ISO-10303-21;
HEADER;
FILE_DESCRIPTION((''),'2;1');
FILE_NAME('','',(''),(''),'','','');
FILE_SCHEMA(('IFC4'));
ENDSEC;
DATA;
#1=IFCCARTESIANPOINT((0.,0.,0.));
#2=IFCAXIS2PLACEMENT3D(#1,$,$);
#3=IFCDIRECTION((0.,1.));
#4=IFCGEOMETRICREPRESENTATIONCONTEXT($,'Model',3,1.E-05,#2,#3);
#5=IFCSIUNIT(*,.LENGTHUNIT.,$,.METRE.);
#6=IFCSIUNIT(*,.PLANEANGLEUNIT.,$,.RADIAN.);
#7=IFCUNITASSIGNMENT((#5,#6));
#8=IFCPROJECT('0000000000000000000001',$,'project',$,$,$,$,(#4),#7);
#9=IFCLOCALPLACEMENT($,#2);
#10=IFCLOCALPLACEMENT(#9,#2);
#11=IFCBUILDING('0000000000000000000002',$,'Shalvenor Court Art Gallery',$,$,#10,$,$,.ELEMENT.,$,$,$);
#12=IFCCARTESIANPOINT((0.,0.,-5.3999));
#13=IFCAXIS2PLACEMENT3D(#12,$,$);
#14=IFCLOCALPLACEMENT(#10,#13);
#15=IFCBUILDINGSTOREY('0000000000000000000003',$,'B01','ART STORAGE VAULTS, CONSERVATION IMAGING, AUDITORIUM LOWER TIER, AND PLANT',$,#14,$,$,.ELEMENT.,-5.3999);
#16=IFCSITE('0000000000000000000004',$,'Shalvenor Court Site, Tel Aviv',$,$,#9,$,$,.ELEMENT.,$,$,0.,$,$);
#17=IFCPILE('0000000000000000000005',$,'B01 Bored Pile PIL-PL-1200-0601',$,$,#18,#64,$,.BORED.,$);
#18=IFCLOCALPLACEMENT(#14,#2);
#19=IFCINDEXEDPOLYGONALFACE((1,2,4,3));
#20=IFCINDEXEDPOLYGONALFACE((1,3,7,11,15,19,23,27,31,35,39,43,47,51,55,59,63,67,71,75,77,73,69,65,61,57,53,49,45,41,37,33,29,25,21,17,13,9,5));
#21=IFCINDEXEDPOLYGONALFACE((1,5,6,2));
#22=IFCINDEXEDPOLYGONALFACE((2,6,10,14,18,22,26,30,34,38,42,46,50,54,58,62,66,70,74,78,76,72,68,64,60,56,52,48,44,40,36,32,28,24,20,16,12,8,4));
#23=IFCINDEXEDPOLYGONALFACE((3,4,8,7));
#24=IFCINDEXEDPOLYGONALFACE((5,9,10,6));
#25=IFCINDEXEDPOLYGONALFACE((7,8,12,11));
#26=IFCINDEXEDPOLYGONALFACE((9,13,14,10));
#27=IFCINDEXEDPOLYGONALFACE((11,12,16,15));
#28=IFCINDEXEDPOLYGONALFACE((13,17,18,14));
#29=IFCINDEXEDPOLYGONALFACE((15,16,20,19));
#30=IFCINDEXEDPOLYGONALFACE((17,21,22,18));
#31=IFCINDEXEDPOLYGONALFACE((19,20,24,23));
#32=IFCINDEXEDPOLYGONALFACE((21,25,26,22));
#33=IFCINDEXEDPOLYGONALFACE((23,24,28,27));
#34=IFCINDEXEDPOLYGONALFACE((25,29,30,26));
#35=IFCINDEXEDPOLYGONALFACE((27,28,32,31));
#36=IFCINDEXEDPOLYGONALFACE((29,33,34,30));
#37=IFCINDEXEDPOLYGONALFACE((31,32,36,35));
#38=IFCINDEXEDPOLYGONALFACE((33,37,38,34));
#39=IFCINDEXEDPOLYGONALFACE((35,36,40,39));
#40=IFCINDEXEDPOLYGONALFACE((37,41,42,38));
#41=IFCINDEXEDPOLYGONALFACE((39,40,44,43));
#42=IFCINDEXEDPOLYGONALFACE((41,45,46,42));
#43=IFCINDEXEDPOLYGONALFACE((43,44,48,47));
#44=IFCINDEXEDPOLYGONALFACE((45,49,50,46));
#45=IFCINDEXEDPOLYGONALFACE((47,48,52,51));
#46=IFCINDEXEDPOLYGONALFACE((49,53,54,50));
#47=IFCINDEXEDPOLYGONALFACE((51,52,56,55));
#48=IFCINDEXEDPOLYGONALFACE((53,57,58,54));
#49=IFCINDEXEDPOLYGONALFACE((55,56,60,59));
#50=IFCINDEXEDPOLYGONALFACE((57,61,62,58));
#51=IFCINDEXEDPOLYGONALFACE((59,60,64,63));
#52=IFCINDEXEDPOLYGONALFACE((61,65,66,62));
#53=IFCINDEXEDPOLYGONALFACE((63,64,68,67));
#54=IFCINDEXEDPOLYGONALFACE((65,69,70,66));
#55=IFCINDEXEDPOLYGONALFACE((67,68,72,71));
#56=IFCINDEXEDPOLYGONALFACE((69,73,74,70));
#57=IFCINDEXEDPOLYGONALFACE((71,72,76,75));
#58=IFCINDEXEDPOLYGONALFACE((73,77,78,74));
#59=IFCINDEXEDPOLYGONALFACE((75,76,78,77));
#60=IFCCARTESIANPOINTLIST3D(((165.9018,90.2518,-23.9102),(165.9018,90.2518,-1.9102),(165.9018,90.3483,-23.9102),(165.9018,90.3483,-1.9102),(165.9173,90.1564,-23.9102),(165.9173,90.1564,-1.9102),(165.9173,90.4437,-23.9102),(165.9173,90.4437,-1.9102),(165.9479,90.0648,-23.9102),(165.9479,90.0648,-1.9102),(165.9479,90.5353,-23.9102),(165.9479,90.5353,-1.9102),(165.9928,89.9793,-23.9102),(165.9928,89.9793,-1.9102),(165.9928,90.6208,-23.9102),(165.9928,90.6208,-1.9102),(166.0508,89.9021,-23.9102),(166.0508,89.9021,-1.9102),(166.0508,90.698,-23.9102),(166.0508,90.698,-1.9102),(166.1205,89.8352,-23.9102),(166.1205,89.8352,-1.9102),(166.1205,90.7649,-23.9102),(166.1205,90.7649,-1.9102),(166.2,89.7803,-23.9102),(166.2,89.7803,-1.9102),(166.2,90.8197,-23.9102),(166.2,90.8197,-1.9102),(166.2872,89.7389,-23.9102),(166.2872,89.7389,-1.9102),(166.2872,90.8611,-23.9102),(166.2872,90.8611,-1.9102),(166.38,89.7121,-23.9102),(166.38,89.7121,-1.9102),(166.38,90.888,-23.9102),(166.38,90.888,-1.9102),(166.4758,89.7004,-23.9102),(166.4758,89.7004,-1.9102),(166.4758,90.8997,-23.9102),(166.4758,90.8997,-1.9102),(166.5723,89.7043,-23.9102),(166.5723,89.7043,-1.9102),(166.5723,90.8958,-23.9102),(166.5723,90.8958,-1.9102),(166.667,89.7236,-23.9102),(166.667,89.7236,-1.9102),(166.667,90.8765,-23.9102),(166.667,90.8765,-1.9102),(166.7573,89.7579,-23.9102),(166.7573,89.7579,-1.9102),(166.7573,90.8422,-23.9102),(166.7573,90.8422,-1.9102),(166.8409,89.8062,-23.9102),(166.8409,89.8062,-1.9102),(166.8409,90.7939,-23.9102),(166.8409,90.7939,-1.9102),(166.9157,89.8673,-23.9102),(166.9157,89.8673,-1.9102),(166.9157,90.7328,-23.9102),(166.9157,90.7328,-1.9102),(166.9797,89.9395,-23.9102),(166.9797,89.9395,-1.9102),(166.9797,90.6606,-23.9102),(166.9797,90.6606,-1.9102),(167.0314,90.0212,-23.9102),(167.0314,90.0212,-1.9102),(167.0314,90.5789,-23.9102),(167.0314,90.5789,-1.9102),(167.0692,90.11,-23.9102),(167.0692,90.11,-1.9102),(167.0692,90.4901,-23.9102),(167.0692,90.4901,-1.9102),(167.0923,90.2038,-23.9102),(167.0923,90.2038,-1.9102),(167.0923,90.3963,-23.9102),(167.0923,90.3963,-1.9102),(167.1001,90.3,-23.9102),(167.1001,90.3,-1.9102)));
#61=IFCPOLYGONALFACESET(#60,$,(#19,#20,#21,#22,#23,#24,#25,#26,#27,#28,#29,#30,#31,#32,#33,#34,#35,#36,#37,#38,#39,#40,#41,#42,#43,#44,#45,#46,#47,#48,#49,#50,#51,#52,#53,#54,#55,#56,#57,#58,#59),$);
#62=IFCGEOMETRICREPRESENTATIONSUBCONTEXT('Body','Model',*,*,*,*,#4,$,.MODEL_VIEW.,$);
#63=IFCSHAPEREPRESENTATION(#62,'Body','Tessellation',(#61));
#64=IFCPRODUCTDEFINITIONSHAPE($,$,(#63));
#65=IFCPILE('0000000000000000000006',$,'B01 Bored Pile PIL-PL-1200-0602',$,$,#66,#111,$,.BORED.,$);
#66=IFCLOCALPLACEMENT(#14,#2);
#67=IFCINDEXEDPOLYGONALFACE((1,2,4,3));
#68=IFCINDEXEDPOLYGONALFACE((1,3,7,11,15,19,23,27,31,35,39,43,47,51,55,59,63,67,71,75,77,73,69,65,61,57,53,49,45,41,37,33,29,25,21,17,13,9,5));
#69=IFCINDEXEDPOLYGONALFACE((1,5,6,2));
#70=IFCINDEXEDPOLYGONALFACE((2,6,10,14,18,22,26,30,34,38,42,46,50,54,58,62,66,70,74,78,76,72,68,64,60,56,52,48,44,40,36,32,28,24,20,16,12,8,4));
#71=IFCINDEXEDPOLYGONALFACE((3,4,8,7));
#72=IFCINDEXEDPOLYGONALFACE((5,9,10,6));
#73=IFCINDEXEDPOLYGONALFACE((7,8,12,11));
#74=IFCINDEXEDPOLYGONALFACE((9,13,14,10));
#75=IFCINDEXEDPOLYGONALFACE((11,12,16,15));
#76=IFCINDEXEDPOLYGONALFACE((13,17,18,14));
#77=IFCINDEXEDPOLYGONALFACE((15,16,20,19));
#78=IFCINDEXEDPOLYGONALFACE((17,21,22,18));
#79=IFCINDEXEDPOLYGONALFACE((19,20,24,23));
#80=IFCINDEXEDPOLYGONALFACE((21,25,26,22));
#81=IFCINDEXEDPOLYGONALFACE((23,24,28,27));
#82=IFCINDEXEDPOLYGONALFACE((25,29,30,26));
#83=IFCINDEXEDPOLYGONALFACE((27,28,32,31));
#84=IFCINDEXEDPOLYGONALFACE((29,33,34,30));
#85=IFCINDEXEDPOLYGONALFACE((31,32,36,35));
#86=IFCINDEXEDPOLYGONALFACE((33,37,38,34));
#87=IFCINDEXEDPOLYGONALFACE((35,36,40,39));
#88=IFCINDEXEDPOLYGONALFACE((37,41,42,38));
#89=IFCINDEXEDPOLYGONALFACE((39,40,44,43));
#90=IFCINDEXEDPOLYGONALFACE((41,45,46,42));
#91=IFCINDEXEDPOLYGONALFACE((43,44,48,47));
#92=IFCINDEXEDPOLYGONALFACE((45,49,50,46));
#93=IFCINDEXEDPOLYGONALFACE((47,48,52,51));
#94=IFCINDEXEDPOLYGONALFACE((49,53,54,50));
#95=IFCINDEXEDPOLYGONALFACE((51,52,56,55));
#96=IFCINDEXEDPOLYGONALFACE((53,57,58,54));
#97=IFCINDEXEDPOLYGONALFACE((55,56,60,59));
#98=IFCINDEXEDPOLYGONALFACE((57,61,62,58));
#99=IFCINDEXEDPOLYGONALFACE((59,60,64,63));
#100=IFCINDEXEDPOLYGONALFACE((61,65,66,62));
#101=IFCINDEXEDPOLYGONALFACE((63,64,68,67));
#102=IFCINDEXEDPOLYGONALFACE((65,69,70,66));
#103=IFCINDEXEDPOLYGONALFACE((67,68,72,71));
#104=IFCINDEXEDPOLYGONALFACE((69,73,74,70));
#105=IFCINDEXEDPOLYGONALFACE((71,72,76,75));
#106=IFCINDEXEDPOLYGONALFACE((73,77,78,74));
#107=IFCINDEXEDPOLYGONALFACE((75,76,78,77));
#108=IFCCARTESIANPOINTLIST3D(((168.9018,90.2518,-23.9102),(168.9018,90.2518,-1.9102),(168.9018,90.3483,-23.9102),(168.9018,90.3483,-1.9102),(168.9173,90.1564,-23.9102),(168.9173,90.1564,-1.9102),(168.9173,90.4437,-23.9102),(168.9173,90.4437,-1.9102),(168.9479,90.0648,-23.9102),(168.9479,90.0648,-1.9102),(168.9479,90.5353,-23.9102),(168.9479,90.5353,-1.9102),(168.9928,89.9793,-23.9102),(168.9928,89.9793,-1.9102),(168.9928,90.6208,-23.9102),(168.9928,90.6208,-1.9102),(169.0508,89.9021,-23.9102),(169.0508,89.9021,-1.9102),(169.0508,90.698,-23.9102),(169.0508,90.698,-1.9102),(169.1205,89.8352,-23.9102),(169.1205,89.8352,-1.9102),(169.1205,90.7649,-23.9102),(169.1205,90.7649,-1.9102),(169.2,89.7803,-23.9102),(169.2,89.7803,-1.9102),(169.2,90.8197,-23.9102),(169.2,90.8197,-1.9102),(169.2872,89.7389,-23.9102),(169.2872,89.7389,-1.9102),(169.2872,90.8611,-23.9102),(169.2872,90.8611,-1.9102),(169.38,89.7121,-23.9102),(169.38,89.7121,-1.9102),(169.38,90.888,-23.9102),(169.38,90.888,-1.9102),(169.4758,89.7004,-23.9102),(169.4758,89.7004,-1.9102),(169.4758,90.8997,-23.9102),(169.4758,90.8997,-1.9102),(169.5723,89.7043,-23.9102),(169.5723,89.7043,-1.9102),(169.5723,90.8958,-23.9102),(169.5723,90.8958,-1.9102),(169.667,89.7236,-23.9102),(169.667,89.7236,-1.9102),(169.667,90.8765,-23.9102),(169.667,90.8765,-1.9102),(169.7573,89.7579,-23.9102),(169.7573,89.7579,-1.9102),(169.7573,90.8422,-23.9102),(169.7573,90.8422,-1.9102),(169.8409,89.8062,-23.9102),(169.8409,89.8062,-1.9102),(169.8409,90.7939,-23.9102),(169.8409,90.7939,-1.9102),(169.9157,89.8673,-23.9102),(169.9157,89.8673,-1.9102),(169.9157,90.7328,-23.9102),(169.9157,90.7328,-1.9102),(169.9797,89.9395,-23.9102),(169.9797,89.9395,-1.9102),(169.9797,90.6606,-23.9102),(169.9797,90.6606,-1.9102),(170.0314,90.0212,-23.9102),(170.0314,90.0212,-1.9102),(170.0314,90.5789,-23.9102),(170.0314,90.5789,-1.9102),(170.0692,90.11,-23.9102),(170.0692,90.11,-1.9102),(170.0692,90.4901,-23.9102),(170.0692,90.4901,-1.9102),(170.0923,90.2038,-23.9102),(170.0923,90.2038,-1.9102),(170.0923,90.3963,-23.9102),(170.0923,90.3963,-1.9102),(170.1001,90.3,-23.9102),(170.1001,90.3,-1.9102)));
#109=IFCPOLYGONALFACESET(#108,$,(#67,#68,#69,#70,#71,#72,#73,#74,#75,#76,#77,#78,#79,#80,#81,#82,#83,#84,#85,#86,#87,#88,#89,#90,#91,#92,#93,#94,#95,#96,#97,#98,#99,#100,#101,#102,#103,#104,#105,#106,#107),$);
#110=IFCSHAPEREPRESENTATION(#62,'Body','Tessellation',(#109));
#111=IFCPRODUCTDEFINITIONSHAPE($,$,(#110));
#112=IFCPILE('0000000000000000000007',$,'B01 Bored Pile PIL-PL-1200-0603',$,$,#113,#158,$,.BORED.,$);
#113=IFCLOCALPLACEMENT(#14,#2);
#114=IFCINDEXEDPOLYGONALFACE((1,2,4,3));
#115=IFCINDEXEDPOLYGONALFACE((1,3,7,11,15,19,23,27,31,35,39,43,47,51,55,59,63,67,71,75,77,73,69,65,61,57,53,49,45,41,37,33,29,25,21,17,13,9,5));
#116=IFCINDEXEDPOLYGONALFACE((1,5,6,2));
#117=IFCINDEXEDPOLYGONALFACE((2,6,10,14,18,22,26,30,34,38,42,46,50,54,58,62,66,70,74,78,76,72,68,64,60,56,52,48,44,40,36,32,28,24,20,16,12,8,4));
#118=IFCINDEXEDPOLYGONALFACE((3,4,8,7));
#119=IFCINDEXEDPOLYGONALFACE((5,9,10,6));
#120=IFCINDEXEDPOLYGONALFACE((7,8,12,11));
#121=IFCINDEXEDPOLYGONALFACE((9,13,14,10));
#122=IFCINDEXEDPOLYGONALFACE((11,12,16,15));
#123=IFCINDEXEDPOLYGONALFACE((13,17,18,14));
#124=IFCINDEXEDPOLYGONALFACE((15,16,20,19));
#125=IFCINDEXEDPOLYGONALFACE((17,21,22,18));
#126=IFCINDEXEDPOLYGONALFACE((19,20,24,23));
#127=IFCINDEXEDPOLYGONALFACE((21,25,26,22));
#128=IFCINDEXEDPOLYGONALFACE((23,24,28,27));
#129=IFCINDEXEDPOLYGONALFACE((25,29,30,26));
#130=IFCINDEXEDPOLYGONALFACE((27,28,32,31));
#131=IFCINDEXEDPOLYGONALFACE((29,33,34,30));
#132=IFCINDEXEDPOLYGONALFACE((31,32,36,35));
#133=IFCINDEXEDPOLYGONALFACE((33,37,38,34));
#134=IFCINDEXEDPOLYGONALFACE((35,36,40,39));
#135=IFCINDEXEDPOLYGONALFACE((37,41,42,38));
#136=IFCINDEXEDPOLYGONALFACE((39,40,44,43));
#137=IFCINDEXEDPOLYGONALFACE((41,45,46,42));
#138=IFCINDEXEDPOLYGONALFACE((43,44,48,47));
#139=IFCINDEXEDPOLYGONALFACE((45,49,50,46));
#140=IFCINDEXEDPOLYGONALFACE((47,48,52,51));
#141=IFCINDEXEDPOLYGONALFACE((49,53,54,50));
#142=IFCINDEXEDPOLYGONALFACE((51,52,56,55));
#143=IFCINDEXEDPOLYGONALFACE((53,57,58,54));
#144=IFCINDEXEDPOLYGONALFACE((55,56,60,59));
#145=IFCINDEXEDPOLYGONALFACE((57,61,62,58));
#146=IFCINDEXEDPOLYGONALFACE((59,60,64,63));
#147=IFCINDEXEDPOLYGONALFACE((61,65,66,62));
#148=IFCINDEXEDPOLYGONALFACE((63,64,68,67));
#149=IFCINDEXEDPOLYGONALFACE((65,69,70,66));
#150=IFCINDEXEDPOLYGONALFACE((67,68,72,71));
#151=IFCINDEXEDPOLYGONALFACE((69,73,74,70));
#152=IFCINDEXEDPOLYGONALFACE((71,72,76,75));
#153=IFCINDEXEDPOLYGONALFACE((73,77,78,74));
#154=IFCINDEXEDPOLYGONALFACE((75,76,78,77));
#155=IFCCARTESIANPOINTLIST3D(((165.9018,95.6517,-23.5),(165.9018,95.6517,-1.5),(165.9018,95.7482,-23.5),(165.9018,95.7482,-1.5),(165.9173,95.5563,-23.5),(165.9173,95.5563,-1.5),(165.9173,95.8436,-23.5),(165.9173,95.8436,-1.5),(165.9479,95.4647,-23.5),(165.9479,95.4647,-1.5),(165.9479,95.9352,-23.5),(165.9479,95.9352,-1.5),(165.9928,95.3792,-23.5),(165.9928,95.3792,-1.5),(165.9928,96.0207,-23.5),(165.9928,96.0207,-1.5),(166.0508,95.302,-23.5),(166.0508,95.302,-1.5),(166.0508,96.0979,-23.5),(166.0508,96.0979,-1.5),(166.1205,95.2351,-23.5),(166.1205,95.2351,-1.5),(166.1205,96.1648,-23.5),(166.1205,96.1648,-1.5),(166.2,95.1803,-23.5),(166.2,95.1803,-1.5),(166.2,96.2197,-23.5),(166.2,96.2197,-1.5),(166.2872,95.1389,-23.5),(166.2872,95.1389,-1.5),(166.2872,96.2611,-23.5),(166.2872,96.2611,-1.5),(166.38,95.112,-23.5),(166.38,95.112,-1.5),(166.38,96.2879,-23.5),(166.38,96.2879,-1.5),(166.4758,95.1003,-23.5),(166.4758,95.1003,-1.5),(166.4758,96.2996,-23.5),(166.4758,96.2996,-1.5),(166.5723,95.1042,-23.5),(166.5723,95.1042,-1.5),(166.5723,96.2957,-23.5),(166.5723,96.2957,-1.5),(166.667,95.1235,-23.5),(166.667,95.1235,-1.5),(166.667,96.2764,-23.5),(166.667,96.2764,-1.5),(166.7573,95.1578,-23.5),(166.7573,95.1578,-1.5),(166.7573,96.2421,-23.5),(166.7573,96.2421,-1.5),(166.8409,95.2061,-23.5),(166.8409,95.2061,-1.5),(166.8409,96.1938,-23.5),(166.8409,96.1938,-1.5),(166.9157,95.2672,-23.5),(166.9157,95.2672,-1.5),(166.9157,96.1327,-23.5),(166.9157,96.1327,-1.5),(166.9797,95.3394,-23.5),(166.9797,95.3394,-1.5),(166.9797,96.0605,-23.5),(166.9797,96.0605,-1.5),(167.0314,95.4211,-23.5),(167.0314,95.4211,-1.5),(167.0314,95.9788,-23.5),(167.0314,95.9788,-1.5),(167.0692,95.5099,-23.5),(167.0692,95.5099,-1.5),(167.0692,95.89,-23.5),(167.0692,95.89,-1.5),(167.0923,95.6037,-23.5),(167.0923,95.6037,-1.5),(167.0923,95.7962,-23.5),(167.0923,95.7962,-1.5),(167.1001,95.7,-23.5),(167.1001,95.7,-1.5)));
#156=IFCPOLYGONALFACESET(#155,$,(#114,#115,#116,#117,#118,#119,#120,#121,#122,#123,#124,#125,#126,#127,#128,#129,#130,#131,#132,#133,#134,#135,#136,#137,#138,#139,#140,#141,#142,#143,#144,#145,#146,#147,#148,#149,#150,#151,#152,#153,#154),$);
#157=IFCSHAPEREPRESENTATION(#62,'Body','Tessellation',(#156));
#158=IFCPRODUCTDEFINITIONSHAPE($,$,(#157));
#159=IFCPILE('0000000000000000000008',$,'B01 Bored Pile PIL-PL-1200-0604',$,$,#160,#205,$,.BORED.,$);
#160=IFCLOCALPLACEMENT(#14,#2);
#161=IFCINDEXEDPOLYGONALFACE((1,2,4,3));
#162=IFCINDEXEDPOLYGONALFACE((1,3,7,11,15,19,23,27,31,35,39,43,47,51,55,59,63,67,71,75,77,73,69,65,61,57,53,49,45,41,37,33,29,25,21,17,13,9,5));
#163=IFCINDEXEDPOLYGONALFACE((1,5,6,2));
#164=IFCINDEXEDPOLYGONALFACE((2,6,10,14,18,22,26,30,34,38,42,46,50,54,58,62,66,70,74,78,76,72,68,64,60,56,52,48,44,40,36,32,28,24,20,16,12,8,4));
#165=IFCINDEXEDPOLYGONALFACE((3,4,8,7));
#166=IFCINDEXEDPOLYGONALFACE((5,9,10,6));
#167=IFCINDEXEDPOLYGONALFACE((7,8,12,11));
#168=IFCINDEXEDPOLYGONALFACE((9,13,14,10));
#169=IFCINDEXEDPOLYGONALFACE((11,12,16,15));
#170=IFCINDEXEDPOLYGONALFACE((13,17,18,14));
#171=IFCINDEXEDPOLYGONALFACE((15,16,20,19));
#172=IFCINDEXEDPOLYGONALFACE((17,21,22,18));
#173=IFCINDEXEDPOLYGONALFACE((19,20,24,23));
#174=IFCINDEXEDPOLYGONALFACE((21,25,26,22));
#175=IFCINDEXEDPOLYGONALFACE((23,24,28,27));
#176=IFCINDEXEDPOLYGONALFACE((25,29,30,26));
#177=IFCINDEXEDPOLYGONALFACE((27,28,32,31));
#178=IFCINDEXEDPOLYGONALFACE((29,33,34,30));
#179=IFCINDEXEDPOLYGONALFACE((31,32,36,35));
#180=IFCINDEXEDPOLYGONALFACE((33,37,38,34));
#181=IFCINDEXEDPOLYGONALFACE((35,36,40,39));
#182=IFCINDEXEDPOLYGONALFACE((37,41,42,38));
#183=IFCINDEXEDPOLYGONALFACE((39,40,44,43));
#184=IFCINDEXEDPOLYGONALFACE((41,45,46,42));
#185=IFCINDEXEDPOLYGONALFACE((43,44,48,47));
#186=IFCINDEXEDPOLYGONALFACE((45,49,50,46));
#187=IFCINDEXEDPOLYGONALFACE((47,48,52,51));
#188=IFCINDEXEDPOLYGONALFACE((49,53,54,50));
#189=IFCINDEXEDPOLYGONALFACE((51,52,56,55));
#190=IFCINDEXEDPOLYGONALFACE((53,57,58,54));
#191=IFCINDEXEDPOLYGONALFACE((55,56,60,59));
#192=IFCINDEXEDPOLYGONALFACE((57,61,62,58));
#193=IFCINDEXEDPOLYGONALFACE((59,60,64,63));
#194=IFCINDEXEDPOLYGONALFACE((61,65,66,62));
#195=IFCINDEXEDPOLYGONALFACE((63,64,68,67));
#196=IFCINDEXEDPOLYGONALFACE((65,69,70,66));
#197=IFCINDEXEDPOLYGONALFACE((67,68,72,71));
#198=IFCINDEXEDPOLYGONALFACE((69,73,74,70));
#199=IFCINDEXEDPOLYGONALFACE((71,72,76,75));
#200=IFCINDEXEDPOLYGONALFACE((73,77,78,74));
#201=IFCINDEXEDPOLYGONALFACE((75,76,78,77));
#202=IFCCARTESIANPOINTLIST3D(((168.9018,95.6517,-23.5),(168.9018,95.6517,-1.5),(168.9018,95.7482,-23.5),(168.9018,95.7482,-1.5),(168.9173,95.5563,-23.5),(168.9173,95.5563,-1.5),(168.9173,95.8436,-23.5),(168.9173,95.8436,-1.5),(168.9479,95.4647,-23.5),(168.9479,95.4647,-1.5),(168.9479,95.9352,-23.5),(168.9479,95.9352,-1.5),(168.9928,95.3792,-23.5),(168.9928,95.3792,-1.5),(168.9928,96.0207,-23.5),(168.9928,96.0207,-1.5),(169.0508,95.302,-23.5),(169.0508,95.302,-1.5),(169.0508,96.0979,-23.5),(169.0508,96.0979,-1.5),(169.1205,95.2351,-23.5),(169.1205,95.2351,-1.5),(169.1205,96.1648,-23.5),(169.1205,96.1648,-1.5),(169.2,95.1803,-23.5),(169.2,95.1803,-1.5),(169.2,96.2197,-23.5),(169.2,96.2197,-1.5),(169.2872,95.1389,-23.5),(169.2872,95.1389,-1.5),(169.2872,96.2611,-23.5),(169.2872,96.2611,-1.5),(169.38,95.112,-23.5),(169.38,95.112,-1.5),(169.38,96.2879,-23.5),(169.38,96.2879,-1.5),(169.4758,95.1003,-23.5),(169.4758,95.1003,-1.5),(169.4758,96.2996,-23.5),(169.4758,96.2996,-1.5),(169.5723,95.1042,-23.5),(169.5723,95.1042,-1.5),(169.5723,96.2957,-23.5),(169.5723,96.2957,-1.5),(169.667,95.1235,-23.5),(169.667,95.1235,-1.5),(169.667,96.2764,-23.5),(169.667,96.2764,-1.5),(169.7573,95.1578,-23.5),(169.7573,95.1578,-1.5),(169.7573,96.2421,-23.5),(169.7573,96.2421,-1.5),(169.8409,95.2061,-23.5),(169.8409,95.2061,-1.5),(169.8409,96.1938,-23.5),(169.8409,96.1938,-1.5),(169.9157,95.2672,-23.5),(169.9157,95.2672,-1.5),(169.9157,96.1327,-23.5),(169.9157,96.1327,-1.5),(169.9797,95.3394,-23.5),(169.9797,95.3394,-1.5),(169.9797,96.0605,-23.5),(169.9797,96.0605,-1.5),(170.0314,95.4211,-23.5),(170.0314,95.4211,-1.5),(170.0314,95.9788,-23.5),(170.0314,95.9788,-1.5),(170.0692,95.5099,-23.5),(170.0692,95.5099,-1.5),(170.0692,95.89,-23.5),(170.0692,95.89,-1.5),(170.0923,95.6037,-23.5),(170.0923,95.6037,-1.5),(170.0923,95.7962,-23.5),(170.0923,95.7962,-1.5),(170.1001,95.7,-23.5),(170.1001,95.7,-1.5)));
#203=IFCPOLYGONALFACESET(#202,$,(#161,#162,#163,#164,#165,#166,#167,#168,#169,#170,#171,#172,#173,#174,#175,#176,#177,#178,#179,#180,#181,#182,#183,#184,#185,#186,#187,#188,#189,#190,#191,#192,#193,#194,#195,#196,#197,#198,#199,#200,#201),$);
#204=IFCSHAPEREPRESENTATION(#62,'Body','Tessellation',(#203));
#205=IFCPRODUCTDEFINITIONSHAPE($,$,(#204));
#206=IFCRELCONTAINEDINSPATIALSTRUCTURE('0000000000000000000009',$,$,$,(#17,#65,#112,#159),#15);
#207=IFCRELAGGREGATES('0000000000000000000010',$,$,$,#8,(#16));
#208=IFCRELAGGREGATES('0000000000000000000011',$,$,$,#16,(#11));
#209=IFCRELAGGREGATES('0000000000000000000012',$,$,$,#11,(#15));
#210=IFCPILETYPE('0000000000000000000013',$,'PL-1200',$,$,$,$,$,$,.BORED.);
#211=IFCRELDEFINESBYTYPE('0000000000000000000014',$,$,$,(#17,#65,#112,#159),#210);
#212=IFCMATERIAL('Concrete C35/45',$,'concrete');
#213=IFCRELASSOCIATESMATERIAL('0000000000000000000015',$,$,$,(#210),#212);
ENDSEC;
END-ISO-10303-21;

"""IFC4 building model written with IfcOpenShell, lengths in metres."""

from ifc_helpers import new_model, si_unit, direction, frame, origin, origin_2d, place, context, subcontext, project, spatial, circle, extrude, material, material_profile, profile_set, type_object, element, save


model = new_model("IFC4")

# Units and contexts
model_context = context("Model", 3, precision=1e-05, world=origin(), true_north=direction((0.0, 1.0)))
body_context = subcontext(model_context, "Body", "Model", "MODEL_VIEW")
ifc_project = project(units=[si_unit("LENGTHUNIT", "METRE"), si_unit("PLANEANGLEUNIT", "RADIAN")], contexts=[model_context])

# Site, building, storey
site_placement = place(None, origin())
site = spatial("IfcSite", under=ifc_project, at=site_placement, Name="Shalvenor Court Site, Tel Aviv", CompositionType="ELEMENT", RefElevation=0.0)
building_placement = place(site_placement, origin())
building = spatial("IfcBuilding", under=site, at=building_placement, Name="Shalvenor Court Art Gallery", CompositionType="ELEMENT")
storey_placement = place(building_placement, frame((0.0, 0.0, -5.3999)))
storey = spatial("IfcBuildingStorey", under=building, at=storey_placement, Name="B01", Description="ART STORAGE VAULTS, CONSERVATION IMAGING, AUDITORIUM LOWER TIER, AND PLANT", CompositionType="ELEMENT", Elevation=-5.3999)

# Piles
ifc_material_1 = material(Name="Concrete C35/45", Category="concrete")
ifc_material_profile_1 = material_profile(ifc_material_1, circle(Radius=0.6001, at=origin_2d()), Name="PILE 1200")
ifc_profile_set_1 = profile_set([ifc_material_profile_1], Name="Concrete C35/45")
pile_type = type_object("IfcPileType", Name="PL-1200", PredefinedType="BORED", material=ifc_profile_set_1)
for number, where, z_axis, x_axis, name in (
    (1, (166.5, 90.3, -1.9102), (0.0, 0.0, -1.0), (1.0, 0.0, 0.0), "B01 Bored Pile PIL-PL-1200-0601"),
    (2, (169.5, 90.3, -1.9102), (0.0, 0.0, -1.0), (1.0, 0.0, 0.0), "B01 Bored Pile PIL-PL-1200-0602"),
    (3, (166.5, 95.7, -1.5), (0.0, 0.0, -1.0), (1.0, 0.0, 0.0), "B01 Bored Pile PIL-PL-1200-0603"),
    (4, (169.5, 95.7, -1.5), (0.0, 0.0, -1.0), (1.0, 0.0, 0.0), "B01 Bored Pile PIL-PL-1200-0604"),
):
    element("IfcPile", number, at=place(storey_placement, frame(where, z_axis=z_axis, x_axis=x_axis)), inside=storey, type_object=pile_type, Name=name, PredefinedType="BORED", context=body_context, shape_type="SweptSolid", body=[
        extrude(circle(Radius=0.6001, at=origin_2d()), origin(), (0.0, 0.0, 1.0), 22.0),
    ])

save(model, "model.ifc")
